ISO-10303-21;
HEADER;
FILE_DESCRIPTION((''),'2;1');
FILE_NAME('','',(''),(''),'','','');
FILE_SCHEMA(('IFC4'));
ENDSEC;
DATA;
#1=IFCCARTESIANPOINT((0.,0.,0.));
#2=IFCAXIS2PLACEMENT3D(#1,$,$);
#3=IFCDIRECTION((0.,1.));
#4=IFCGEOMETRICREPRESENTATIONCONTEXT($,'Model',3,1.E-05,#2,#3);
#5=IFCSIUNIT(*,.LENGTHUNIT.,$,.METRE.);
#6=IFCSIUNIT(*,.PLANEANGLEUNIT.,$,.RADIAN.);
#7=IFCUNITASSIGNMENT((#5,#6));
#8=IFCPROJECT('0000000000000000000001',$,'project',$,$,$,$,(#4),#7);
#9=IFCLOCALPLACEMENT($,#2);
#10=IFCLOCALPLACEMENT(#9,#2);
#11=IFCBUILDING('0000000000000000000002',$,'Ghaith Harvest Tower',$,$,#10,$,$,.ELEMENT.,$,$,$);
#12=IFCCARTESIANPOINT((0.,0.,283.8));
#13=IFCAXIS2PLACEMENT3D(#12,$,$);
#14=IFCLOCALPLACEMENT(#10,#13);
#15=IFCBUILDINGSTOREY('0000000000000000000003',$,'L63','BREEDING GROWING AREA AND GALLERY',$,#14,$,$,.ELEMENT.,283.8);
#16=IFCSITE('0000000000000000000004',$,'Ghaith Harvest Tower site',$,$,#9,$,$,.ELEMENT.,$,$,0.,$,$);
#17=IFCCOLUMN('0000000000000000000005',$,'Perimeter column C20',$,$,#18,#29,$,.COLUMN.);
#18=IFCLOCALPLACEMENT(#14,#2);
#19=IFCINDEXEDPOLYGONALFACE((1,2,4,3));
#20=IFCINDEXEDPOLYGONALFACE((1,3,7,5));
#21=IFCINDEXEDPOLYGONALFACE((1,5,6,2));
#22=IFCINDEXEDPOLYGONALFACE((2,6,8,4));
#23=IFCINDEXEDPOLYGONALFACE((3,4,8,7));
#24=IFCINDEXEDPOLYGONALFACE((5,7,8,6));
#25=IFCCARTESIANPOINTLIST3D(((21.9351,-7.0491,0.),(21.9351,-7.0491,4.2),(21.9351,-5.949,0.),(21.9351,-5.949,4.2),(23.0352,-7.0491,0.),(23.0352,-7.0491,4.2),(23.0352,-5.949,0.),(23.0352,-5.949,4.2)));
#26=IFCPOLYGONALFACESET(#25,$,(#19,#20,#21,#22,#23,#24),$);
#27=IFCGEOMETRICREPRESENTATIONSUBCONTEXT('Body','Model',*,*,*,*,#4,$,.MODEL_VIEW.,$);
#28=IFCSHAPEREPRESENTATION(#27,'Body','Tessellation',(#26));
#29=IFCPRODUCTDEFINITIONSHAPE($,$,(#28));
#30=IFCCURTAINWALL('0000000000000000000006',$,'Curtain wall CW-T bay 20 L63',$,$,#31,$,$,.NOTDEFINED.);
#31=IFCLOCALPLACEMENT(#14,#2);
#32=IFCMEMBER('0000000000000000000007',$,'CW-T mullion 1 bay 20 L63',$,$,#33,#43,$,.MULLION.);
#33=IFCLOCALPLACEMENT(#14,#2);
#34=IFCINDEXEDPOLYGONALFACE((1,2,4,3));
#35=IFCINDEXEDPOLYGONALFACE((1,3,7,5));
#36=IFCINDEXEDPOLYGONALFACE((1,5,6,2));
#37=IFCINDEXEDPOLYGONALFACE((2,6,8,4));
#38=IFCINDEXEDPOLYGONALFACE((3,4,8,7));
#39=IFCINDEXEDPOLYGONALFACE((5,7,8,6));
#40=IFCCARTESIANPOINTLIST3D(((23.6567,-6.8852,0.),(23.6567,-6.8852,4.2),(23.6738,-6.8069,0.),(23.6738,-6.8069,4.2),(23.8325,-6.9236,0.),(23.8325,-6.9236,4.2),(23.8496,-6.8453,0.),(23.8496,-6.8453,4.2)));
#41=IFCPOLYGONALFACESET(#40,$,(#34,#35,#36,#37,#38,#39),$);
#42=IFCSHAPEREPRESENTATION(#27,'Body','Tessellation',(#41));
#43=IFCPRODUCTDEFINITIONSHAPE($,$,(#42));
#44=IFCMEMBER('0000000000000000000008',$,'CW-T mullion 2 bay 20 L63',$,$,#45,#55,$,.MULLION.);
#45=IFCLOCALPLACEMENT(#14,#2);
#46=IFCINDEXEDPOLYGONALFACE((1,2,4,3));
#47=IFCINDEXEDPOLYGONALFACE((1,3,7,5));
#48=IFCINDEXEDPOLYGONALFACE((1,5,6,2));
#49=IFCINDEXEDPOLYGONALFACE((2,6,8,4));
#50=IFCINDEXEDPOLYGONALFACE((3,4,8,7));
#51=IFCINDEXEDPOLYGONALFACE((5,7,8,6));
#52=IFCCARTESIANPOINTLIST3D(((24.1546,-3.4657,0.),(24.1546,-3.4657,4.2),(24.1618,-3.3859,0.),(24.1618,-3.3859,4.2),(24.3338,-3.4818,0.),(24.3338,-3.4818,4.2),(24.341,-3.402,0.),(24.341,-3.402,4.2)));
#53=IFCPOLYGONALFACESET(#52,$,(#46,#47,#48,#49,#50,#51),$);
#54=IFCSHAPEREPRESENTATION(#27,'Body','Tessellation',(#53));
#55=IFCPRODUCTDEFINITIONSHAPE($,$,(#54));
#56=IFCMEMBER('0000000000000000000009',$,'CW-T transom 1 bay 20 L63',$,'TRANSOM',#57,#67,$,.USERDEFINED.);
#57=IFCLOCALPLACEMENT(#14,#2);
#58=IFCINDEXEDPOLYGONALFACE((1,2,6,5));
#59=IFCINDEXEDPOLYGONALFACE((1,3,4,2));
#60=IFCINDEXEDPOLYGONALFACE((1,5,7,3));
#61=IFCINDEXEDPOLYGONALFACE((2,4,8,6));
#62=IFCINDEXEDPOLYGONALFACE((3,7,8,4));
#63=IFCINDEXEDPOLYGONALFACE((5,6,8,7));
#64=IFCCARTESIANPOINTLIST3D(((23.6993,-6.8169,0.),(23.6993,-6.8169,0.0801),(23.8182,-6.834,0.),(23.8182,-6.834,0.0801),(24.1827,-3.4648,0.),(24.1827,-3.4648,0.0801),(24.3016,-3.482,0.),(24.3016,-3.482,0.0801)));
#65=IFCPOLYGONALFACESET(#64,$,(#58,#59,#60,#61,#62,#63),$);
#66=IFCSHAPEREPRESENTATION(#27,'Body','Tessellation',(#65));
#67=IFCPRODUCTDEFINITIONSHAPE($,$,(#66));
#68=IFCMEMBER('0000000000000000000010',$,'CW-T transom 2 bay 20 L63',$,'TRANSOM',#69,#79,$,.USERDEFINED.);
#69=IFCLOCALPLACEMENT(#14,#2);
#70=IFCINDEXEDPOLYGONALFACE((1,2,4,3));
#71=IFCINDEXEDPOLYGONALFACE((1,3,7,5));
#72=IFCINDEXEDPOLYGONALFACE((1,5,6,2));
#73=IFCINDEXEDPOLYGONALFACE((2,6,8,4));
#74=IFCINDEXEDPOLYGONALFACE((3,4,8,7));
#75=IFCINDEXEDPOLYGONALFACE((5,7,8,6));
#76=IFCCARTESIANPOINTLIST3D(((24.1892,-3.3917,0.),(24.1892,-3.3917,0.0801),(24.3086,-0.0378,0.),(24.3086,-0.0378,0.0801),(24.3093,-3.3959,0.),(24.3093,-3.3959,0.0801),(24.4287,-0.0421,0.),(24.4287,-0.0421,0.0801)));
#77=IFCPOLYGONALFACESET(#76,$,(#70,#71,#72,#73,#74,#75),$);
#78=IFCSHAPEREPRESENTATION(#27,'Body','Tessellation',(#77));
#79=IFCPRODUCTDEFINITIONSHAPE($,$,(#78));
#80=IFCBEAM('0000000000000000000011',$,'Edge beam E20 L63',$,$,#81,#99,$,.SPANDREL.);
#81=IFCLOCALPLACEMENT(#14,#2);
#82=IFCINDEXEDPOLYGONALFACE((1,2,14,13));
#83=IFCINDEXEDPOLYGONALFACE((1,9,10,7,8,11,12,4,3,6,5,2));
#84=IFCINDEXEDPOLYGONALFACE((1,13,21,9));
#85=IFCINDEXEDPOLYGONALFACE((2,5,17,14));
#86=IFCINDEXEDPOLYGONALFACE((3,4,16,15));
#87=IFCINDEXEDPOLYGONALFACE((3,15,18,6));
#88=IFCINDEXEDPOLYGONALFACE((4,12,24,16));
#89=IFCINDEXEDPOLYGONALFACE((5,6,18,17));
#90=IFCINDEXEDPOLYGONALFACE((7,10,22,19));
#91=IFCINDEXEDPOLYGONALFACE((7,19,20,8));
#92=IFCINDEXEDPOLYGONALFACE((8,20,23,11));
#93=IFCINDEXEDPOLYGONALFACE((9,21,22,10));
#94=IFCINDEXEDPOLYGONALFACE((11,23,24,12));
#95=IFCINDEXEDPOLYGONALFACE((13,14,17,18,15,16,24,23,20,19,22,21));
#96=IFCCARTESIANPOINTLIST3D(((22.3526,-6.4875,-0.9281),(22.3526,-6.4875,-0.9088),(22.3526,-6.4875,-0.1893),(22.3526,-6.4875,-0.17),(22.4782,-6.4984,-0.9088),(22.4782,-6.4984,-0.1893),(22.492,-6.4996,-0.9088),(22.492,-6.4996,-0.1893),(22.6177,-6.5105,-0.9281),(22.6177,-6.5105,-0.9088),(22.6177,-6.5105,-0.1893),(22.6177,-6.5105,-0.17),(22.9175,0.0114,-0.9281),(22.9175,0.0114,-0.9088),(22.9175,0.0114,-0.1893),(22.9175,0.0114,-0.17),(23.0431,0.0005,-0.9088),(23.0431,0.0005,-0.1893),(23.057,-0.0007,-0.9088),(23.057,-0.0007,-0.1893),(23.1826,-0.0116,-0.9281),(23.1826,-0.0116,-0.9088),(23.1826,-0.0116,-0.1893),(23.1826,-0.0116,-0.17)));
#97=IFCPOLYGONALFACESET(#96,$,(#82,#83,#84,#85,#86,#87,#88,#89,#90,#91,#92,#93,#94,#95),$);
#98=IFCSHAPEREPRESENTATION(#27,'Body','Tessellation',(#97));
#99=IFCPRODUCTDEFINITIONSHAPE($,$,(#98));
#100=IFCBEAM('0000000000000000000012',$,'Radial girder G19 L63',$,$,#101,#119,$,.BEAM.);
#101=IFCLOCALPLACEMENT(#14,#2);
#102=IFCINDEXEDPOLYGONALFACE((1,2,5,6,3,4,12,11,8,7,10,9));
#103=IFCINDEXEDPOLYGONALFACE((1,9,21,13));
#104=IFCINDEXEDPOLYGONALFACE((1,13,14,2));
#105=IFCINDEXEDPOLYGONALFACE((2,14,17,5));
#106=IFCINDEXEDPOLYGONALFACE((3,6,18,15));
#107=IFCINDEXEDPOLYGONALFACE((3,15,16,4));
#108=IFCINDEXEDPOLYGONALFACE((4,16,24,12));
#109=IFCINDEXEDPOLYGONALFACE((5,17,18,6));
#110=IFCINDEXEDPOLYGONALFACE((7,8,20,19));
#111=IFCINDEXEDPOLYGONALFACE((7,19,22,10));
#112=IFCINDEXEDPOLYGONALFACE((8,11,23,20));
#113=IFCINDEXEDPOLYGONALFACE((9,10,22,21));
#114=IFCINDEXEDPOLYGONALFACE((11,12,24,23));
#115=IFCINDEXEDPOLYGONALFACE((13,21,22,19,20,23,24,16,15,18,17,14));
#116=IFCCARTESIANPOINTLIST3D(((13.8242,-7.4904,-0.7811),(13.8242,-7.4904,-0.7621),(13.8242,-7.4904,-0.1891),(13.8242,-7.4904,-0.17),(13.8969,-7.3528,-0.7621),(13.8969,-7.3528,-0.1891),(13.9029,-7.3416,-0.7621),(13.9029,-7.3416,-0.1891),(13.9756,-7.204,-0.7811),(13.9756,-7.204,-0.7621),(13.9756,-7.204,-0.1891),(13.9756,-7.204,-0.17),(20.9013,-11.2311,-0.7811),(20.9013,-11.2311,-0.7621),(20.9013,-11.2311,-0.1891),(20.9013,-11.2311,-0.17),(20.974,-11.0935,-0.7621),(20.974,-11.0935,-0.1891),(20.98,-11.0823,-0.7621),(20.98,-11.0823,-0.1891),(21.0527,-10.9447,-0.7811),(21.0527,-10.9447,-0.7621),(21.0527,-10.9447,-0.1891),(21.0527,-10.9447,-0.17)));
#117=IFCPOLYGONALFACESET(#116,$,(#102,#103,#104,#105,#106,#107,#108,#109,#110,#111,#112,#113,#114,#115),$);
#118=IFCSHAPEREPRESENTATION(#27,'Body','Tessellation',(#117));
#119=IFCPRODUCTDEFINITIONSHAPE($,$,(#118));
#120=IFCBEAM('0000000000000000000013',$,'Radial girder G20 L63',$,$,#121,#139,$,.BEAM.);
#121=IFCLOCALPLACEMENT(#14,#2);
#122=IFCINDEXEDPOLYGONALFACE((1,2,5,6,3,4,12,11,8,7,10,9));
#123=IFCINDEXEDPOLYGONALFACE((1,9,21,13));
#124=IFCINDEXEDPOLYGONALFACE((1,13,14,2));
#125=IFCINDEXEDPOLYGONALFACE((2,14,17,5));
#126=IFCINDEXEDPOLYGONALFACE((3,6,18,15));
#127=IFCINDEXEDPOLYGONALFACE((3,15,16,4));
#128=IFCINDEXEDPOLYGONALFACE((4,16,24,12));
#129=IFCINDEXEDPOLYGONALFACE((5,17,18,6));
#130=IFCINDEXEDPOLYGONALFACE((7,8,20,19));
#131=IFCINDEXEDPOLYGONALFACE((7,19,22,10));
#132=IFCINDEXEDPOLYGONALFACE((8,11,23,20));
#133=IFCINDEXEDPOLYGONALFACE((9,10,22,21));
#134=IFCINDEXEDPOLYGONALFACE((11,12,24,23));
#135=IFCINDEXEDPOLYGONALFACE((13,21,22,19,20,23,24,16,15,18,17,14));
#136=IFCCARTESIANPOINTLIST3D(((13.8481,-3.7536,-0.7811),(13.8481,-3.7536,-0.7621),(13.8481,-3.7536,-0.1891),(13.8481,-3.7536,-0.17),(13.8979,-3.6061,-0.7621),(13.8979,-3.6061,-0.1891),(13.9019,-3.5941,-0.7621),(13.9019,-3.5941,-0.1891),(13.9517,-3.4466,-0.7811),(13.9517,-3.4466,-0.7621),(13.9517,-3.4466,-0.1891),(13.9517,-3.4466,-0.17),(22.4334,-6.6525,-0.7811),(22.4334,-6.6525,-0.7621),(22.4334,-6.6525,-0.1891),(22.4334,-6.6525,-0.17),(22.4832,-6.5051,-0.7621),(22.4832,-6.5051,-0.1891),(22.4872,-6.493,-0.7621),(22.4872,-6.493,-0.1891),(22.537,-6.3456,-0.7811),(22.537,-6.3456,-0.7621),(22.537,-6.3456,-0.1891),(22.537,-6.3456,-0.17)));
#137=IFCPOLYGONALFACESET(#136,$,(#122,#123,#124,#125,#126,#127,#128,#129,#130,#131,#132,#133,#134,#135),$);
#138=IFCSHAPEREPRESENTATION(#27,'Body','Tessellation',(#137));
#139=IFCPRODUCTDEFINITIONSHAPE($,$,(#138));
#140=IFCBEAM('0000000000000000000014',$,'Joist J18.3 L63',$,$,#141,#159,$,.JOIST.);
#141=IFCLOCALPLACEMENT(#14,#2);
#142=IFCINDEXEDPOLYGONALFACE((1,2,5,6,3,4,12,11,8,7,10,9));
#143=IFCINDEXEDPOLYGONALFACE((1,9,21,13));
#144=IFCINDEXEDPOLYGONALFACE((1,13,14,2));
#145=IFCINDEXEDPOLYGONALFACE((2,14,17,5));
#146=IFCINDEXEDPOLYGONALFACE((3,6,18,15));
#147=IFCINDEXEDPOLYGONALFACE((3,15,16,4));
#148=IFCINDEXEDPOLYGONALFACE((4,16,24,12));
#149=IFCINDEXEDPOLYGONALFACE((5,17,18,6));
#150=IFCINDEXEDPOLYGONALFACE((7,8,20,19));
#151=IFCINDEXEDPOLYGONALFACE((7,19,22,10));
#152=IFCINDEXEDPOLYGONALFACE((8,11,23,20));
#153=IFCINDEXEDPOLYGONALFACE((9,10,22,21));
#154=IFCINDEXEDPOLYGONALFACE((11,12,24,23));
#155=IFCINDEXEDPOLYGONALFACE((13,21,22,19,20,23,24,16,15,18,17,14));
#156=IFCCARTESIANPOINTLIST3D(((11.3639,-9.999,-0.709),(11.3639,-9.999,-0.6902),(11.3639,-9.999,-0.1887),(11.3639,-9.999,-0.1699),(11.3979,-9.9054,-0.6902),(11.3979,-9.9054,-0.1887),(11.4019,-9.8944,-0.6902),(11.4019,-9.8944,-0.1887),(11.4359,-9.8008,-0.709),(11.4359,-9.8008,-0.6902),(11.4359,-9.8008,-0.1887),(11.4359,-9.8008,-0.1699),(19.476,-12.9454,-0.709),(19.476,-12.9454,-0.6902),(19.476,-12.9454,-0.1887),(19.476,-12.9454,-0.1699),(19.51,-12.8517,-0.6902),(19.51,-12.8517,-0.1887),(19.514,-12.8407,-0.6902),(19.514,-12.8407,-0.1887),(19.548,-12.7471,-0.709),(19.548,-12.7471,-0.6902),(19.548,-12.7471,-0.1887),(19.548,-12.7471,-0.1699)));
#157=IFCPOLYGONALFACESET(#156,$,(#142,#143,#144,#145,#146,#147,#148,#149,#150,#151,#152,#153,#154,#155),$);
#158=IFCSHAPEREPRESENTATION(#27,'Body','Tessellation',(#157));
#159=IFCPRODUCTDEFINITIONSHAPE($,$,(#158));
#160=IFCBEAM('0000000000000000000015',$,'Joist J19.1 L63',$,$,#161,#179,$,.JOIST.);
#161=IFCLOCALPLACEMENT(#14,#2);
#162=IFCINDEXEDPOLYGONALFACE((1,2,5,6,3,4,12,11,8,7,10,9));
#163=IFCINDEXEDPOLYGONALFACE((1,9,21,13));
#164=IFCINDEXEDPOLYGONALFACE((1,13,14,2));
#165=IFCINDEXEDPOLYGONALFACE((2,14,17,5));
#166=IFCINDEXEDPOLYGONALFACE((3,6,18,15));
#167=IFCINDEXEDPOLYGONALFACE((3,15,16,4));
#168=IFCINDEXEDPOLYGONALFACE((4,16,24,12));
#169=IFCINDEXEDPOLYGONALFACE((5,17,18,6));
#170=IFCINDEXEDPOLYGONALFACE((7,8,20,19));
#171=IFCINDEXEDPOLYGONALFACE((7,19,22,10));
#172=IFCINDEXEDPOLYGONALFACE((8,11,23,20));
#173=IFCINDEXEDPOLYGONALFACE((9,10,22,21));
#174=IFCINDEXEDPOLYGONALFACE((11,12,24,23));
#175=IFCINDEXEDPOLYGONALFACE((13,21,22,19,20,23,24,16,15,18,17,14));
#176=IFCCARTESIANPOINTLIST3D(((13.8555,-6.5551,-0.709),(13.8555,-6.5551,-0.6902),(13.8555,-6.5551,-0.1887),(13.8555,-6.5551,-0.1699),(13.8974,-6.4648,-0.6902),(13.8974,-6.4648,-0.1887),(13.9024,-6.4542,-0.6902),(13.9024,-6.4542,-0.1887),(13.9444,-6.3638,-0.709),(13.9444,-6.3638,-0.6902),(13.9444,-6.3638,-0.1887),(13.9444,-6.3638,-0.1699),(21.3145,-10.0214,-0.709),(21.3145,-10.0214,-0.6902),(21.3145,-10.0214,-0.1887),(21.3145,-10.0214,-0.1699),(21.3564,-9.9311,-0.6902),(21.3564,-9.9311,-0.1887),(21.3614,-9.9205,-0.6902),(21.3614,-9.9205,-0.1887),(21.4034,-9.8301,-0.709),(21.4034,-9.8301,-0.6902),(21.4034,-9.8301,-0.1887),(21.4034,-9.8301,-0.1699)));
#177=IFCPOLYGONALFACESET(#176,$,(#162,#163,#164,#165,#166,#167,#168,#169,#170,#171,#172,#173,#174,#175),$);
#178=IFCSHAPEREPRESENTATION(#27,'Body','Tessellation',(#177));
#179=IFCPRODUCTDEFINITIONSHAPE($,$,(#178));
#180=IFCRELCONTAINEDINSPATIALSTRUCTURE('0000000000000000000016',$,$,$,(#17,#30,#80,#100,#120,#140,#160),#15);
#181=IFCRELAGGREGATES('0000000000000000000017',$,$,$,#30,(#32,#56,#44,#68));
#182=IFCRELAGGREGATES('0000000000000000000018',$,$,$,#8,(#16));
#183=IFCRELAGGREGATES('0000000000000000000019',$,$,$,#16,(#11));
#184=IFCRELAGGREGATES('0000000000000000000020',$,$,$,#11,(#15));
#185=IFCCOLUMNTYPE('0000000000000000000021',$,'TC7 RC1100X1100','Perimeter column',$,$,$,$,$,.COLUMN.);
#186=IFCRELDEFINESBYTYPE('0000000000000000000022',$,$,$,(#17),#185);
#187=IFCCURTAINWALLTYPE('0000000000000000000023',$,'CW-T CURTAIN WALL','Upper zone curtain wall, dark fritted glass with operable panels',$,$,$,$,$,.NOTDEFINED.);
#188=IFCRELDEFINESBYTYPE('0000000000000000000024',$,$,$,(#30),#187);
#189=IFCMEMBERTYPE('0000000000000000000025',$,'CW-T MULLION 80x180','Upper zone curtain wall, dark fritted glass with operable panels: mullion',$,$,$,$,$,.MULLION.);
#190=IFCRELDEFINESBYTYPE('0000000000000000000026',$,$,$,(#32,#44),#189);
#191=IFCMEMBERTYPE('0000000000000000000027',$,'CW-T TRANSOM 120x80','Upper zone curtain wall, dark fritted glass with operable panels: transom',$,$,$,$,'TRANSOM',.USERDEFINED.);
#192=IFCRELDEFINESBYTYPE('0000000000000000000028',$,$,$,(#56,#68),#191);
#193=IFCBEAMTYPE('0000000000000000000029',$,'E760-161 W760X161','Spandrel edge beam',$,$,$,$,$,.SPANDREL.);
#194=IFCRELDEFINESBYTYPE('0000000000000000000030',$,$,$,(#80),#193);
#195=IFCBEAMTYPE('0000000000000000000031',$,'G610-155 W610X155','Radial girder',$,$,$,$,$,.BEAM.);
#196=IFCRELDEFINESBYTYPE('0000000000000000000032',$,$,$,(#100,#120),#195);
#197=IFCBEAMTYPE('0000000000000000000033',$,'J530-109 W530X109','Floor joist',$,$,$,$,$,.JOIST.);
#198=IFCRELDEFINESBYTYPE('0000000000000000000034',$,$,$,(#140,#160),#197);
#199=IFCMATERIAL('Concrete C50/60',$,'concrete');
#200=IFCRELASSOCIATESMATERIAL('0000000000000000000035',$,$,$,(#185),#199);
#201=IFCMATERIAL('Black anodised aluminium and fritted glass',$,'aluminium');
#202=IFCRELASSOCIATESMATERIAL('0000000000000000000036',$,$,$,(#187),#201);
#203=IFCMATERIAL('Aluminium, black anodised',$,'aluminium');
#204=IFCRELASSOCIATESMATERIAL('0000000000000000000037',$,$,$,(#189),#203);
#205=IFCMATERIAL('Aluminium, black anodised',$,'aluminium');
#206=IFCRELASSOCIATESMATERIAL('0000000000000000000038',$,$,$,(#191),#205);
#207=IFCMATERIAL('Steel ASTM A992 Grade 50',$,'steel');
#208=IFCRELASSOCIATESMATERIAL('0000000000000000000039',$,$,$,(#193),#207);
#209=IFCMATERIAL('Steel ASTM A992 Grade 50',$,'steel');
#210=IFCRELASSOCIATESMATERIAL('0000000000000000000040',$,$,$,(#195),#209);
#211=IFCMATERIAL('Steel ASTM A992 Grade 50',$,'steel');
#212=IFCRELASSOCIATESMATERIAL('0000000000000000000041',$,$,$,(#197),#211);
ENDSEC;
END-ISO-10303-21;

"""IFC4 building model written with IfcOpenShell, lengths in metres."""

from ifc_helpers import new_model, si_unit, direction, frame, origin, origin_2d, place, context, subcontext, project, spatial, rectangle, i_section, extrude, material, material_profile, profile_set, type_object, element, aggregate, save


model = new_model("IFC4")

# Units and contexts
model_context = context("Model", 3, precision=1e-05, world=origin(), true_north=direction((0.0, 1.0)))
body_context = subcontext(model_context, "Body", "Model", "MODEL_VIEW")
ifc_project = project(units=[si_unit("LENGTHUNIT", "METRE"), si_unit("PLANEANGLEUNIT", "RADIAN")], contexts=[model_context])

# Site, building, storey
site_placement = place(None, origin())
site = spatial("IfcSite", under=ifc_project, at=site_placement, Name="Ghaith Harvest Tower site", CompositionType="ELEMENT", RefElevation=0.0)
building_placement = place(site_placement, origin())
building = spatial("IfcBuilding", under=site, at=building_placement, Name="Ghaith Harvest Tower", CompositionType="ELEMENT")
storey_placement = place(building_placement, frame((0.0, 0.0, 283.8)))
storey = spatial("IfcBuildingStorey", under=building, at=storey_placement, Name="L63", Description="BREEDING GROWING AREA AND GALLERY", CompositionType="ELEMENT", Elevation=283.8)

# Column
ifc_material_1 = material(Name="Concrete C50/60", Category="concrete")
ifc_material_profile_1 = material_profile(ifc_material_1, rectangle(XDim=1.1001, YDim=1.1001, at=origin_2d()), Name="RC1100X1100")
ifc_profile_set_1 = profile_set([ifc_material_profile_1], Name="Concrete C50/60")
column_type = type_object("IfcColumnType", Name="TC7 RC1100X1100", Description="Perimeter column", PredefinedType="COLUMN", material=ifc_profile_set_1)
column_placement = place(storey_placement, frame((22.4851, -6.499, 0.0), z_axis=(0.0, 0.0, 1.0), x_axis=(1.0, 0.0, 0.0)))
element("IfcColumn", 1, at=column_placement, inside=storey, type_object=column_type, Name="Perimeter column C20", PredefinedType="COLUMN", context=body_context, shape_type="SweptSolid", body=[
    extrude(rectangle(XDim=1.1001, YDim=1.1001, at=origin_2d()), origin(), (0.0, 0.0, 1.0), 4.2),
])

# Curtain wall, members
ifc_material_2 = material(Name="Black anodised aluminium and fritted glass", Category="aluminium")
curtain_wall_type = type_object("IfcCurtainWallType", Name="CW-T CURTAIN WALL", Description="Upper zone curtain wall, dark fritted glass with operable panels", PredefinedType="NOTDEFINED", material=ifc_material_2)
curtain_wall_1_placement = place(storey_placement, origin())
curtain_wall_1 = element("IfcCurtainWall", 2, at=curtain_wall_1_placement, inside=storey, type_object=curtain_wall_type, Name="Curtain wall CW-T bay 20 L63", PredefinedType="NOTDEFINED")
ifc_material_3 = material(Name="Aluminium, black anodised", Category="aluminium")
ifc_material_profile_2 = material_profile(ifc_material_3, rectangle(XDim=0.0801, YDim=0.1799, at=origin_2d()), Name="CW-T MULLION 80x180")
ifc_profile_set_2 = profile_set([ifc_material_profile_2], Name="Aluminium, black anodised")
member_type_1 = type_object("IfcMemberType", Name="CW-T MULLION 80x180", Description="Upper zone curtain wall, dark fritted glass with operable panels: mullion", PredefinedType="MULLION", material=ifc_profile_set_2)
member_1_placement = place(storey_placement, frame((23.7532, -6.8652, 0.0), z_axis=(0.0, 0.0, 1.0), x_axis=(0.213402, 0.976964, 0.0)))
member_1 = element("IfcMember", 3, at=member_1_placement, type_object=member_type_1, Name="CW-T mullion 1 bay 20 L63", PredefinedType="MULLION", context=body_context, shape_type="SweptSolid", body=[
    extrude(rectangle(XDim=0.0801, YDim=0.1799, at=origin_2d()), origin(), (0.0, 0.0, 1.0), 4.2),
])
member_2_placement = place(storey_placement, frame((24.2478, -3.4338, 0.0), z_axis=(0.0, 0.0, 1.0), x_axis=(0.089502, 0.995987, 0.0)))
member_2 = element("IfcMember", 4, at=member_2_placement, type_object=member_type_1, Name="CW-T mullion 2 bay 20 L63", PredefinedType="MULLION", context=body_context, shape_type="SweptSolid", body=[
    extrude(rectangle(XDim=0.0801, YDim=0.1799, at=origin_2d()), origin(), (0.0, 0.0, 1.0), 4.2),
])
ifc_material_4 = material(Name="Aluminium, black anodised", Category="aluminium")
ifc_material_profile_3 = material_profile(ifc_material_4, rectangle(XDim=0.1201, YDim=0.0801, at=origin_2d()), Name="CW-T TRANSOM 120x80")
ifc_profile_set_3 = profile_set([ifc_material_profile_3], Name="Aluminium, black anodised")
member_type_2 = type_object("IfcMemberType", Name="CW-T TRANSOM 120x80", Description="Upper zone curtain wall, dark fritted glass with operable panels: transom", ElementType="TRANSOM", PredefinedType="USERDEFINED", material=ifc_profile_set_3)
member_3_placement = place(storey_placement, frame((23.7588, -6.8254, 0.04), z_axis=(0.142733, 0.989761, 0.0), x_axis=(-0.989761, 0.142733, 0.0)))
member_3 = element("IfcMember", 5, at=member_3_placement, type_object=member_type_2, Name="CW-T transom 1 bay 20 L63", ObjectType="TRANSOM", PredefinedType="USERDEFINED", context=body_context, shape_type="SweptSolid", body=[
    extrude(rectangle(XDim=0.1201, YDim=0.0801, at=origin_2d()), origin(), (0.0, 0.0, 1.0), 3.3867),
])
member_4_placement = place(storey_placement, frame((24.2493, -3.3938, 0.04), z_axis=(0.035575, 0.999367, 0.0), x_axis=(-0.999367, 0.035575, 0.0)))
member_4 = element("IfcMember", 6, at=member_4_placement, type_object=member_type_2, Name="CW-T transom 2 bay 20 L63", ObjectType="TRANSOM", PredefinedType="USERDEFINED", context=body_context, shape_type="SweptSolid", body=[
    extrude(rectangle(XDim=0.1201, YDim=0.0801, at=origin_2d()), origin(), (0.0, 0.0, 1.0), 3.356),
])

# Beams
ifc_material_5 = material(Name="Steel ASTM A992 Grade 50", Category="steel")
ifc_material_profile_4 = material_profile(ifc_material_5, i_section(OverallWidth=0.2661, OverallDepth=0.7581, WebThickness=0.0139, FlangeThickness=0.0193, at=origin_2d()), Name="W760X161")
ifc_profile_set_4 = profile_set([ifc_material_profile_4], Name="Steel ASTM A992 Grade 50")
beam_type_1 = type_object("IfcBeamType", Name="E760-161 W760X161", Description="Spandrel edge beam", PredefinedType="SPANDREL", material=ifc_profile_set_4)
beam_1_placement = place(storey_placement, frame((22.4851, -6.499, -0.5491), z_axis=(0.086601, 0.996243, 0.0), x_axis=(-0.996243, 0.086601, 0.0)))
element("IfcBeam", 7, at=beam_1_placement, inside=storey, type_object=beam_type_1, Name="Edge beam E20 L63", PredefinedType="SPANDREL", context=body_context, shape_type="SweptSolid", body=[
    extrude(i_section(OverallWidth=0.2661, OverallDepth=0.7581, WebThickness=0.0139, FlangeThickness=0.0193, at=origin_2d()), origin(), (0.0, 0.0, 1.0), 6.5234),
])
ifc_material_6 = material(Name="Steel ASTM A992 Grade 50", Category="steel")
ifc_material_profile_5 = material_profile(ifc_material_6, i_section(OverallWidth=0.324, OverallDepth=0.6111, WebThickness=0.0127, FlangeThickness=0.019, at=origin_2d()), Name="W610X155")
ifc_profile_set_5 = profile_set([ifc_material_profile_5], Name="Steel ASTM A992 Grade 50")
beam_type_2 = type_object("IfcBeamType", Name="G610-155 W610X155", Description="Radial girder", PredefinedType="BEAM", material=ifc_profile_set_5)
beam_2_placement = place(storey_placement, frame((13.8999, -7.3472, -0.4756), z_axis=(0.884098, -0.467302, 0.0), x_axis=(0.467302, 0.884098, 0.0)))
element("IfcBeam", 8, at=beam_2_placement, inside=storey, type_object=beam_type_2, Name="Radial girder G19 L63", PredefinedType="BEAM", context=body_context, shape_type="SweptSolid", body=[
    extrude(i_section(OverallWidth=0.324, OverallDepth=0.6111, WebThickness=0.0127, FlangeThickness=0.019, at=origin_2d()), origin(), (0.0, 0.0, 1.0), 8.0049),
])
beam_3_placement = place(storey_placement, frame((13.8999, -3.6001, -0.4756), z_axis=(0.947445, -0.319919, 0.0), x_axis=(0.319919, 0.947445, 0.0)))
element("IfcBeam", 9, at=beam_3_placement, inside=storey, type_object=beam_type_2, Name="Radial girder G20 L63", PredefinedType="BEAM", context=body_context, shape_type="SweptSolid", body=[
    extrude(i_section(OverallWidth=0.324, OverallDepth=0.6111, WebThickness=0.0127, FlangeThickness=0.019, at=origin_2d()), origin(), (0.0, 0.0, 1.0), 9.0615),
])
ifc_material_7 = material(Name="Steel ASTM A992 Grade 50", Category="steel")
ifc_material_profile_6 = material_profile(ifc_material_7, i_section(OverallWidth=0.2109, OverallDepth=0.5391, WebThickness=0.0117, FlangeThickness=0.0188, at=origin_2d()), Name="W530X109")
ifc_profile_set_6 = profile_set([ifc_material_profile_6], Name="Steel ASTM A992 Grade 50")
beam_type_3 = type_object("IfcBeamType", Name="J530-109 W530X109", Description="Floor joist", PredefinedType="JOIST", material=ifc_profile_set_6)
beam_4_placement = place(storey_placement, frame((11.3999, -9.8999, -0.4395), z_axis=(0.939926, -0.34138, 0.0), x_axis=(0.34138, 0.939926, 0.0)))
element("IfcBeam", 10, at=beam_4_placement, inside=storey, type_object=beam_type_3, Name="Joist J18.3 L63", PredefinedType="JOIST", context=body_context, shape_type="SweptSolid", body=[
    extrude(i_section(OverallWidth=0.2109, OverallDepth=0.5391, WebThickness=0.0117, FlangeThickness=0.0188, at=origin_2d()), origin(), (0.0, 0.0, 1.0), 8.6306),
])
beam_5_placement = place(storey_placement, frame((13.8999, -6.4595, -0.4395), z_axis=(0.90686, -0.421432, 0.0), x_axis=(0.421432, 0.90686, 0.0)))
element("IfcBeam", 11, at=beam_5_placement, inside=storey, type_object=beam_type_3, Name="Joist J19.1 L63", PredefinedType="JOIST", context=body_context, shape_type="SweptSolid", body=[
    extrude(i_section(OverallWidth=0.2109, OverallDepth=0.5391, WebThickness=0.0117, FlangeThickness=0.0188, at=origin_2d()), origin(), (0.0, 0.0, 1.0), 8.2251),
])

aggregate(curtain_wall_1, [member_1, member_3, member_2, member_4])

save(model, "model.ifc")
